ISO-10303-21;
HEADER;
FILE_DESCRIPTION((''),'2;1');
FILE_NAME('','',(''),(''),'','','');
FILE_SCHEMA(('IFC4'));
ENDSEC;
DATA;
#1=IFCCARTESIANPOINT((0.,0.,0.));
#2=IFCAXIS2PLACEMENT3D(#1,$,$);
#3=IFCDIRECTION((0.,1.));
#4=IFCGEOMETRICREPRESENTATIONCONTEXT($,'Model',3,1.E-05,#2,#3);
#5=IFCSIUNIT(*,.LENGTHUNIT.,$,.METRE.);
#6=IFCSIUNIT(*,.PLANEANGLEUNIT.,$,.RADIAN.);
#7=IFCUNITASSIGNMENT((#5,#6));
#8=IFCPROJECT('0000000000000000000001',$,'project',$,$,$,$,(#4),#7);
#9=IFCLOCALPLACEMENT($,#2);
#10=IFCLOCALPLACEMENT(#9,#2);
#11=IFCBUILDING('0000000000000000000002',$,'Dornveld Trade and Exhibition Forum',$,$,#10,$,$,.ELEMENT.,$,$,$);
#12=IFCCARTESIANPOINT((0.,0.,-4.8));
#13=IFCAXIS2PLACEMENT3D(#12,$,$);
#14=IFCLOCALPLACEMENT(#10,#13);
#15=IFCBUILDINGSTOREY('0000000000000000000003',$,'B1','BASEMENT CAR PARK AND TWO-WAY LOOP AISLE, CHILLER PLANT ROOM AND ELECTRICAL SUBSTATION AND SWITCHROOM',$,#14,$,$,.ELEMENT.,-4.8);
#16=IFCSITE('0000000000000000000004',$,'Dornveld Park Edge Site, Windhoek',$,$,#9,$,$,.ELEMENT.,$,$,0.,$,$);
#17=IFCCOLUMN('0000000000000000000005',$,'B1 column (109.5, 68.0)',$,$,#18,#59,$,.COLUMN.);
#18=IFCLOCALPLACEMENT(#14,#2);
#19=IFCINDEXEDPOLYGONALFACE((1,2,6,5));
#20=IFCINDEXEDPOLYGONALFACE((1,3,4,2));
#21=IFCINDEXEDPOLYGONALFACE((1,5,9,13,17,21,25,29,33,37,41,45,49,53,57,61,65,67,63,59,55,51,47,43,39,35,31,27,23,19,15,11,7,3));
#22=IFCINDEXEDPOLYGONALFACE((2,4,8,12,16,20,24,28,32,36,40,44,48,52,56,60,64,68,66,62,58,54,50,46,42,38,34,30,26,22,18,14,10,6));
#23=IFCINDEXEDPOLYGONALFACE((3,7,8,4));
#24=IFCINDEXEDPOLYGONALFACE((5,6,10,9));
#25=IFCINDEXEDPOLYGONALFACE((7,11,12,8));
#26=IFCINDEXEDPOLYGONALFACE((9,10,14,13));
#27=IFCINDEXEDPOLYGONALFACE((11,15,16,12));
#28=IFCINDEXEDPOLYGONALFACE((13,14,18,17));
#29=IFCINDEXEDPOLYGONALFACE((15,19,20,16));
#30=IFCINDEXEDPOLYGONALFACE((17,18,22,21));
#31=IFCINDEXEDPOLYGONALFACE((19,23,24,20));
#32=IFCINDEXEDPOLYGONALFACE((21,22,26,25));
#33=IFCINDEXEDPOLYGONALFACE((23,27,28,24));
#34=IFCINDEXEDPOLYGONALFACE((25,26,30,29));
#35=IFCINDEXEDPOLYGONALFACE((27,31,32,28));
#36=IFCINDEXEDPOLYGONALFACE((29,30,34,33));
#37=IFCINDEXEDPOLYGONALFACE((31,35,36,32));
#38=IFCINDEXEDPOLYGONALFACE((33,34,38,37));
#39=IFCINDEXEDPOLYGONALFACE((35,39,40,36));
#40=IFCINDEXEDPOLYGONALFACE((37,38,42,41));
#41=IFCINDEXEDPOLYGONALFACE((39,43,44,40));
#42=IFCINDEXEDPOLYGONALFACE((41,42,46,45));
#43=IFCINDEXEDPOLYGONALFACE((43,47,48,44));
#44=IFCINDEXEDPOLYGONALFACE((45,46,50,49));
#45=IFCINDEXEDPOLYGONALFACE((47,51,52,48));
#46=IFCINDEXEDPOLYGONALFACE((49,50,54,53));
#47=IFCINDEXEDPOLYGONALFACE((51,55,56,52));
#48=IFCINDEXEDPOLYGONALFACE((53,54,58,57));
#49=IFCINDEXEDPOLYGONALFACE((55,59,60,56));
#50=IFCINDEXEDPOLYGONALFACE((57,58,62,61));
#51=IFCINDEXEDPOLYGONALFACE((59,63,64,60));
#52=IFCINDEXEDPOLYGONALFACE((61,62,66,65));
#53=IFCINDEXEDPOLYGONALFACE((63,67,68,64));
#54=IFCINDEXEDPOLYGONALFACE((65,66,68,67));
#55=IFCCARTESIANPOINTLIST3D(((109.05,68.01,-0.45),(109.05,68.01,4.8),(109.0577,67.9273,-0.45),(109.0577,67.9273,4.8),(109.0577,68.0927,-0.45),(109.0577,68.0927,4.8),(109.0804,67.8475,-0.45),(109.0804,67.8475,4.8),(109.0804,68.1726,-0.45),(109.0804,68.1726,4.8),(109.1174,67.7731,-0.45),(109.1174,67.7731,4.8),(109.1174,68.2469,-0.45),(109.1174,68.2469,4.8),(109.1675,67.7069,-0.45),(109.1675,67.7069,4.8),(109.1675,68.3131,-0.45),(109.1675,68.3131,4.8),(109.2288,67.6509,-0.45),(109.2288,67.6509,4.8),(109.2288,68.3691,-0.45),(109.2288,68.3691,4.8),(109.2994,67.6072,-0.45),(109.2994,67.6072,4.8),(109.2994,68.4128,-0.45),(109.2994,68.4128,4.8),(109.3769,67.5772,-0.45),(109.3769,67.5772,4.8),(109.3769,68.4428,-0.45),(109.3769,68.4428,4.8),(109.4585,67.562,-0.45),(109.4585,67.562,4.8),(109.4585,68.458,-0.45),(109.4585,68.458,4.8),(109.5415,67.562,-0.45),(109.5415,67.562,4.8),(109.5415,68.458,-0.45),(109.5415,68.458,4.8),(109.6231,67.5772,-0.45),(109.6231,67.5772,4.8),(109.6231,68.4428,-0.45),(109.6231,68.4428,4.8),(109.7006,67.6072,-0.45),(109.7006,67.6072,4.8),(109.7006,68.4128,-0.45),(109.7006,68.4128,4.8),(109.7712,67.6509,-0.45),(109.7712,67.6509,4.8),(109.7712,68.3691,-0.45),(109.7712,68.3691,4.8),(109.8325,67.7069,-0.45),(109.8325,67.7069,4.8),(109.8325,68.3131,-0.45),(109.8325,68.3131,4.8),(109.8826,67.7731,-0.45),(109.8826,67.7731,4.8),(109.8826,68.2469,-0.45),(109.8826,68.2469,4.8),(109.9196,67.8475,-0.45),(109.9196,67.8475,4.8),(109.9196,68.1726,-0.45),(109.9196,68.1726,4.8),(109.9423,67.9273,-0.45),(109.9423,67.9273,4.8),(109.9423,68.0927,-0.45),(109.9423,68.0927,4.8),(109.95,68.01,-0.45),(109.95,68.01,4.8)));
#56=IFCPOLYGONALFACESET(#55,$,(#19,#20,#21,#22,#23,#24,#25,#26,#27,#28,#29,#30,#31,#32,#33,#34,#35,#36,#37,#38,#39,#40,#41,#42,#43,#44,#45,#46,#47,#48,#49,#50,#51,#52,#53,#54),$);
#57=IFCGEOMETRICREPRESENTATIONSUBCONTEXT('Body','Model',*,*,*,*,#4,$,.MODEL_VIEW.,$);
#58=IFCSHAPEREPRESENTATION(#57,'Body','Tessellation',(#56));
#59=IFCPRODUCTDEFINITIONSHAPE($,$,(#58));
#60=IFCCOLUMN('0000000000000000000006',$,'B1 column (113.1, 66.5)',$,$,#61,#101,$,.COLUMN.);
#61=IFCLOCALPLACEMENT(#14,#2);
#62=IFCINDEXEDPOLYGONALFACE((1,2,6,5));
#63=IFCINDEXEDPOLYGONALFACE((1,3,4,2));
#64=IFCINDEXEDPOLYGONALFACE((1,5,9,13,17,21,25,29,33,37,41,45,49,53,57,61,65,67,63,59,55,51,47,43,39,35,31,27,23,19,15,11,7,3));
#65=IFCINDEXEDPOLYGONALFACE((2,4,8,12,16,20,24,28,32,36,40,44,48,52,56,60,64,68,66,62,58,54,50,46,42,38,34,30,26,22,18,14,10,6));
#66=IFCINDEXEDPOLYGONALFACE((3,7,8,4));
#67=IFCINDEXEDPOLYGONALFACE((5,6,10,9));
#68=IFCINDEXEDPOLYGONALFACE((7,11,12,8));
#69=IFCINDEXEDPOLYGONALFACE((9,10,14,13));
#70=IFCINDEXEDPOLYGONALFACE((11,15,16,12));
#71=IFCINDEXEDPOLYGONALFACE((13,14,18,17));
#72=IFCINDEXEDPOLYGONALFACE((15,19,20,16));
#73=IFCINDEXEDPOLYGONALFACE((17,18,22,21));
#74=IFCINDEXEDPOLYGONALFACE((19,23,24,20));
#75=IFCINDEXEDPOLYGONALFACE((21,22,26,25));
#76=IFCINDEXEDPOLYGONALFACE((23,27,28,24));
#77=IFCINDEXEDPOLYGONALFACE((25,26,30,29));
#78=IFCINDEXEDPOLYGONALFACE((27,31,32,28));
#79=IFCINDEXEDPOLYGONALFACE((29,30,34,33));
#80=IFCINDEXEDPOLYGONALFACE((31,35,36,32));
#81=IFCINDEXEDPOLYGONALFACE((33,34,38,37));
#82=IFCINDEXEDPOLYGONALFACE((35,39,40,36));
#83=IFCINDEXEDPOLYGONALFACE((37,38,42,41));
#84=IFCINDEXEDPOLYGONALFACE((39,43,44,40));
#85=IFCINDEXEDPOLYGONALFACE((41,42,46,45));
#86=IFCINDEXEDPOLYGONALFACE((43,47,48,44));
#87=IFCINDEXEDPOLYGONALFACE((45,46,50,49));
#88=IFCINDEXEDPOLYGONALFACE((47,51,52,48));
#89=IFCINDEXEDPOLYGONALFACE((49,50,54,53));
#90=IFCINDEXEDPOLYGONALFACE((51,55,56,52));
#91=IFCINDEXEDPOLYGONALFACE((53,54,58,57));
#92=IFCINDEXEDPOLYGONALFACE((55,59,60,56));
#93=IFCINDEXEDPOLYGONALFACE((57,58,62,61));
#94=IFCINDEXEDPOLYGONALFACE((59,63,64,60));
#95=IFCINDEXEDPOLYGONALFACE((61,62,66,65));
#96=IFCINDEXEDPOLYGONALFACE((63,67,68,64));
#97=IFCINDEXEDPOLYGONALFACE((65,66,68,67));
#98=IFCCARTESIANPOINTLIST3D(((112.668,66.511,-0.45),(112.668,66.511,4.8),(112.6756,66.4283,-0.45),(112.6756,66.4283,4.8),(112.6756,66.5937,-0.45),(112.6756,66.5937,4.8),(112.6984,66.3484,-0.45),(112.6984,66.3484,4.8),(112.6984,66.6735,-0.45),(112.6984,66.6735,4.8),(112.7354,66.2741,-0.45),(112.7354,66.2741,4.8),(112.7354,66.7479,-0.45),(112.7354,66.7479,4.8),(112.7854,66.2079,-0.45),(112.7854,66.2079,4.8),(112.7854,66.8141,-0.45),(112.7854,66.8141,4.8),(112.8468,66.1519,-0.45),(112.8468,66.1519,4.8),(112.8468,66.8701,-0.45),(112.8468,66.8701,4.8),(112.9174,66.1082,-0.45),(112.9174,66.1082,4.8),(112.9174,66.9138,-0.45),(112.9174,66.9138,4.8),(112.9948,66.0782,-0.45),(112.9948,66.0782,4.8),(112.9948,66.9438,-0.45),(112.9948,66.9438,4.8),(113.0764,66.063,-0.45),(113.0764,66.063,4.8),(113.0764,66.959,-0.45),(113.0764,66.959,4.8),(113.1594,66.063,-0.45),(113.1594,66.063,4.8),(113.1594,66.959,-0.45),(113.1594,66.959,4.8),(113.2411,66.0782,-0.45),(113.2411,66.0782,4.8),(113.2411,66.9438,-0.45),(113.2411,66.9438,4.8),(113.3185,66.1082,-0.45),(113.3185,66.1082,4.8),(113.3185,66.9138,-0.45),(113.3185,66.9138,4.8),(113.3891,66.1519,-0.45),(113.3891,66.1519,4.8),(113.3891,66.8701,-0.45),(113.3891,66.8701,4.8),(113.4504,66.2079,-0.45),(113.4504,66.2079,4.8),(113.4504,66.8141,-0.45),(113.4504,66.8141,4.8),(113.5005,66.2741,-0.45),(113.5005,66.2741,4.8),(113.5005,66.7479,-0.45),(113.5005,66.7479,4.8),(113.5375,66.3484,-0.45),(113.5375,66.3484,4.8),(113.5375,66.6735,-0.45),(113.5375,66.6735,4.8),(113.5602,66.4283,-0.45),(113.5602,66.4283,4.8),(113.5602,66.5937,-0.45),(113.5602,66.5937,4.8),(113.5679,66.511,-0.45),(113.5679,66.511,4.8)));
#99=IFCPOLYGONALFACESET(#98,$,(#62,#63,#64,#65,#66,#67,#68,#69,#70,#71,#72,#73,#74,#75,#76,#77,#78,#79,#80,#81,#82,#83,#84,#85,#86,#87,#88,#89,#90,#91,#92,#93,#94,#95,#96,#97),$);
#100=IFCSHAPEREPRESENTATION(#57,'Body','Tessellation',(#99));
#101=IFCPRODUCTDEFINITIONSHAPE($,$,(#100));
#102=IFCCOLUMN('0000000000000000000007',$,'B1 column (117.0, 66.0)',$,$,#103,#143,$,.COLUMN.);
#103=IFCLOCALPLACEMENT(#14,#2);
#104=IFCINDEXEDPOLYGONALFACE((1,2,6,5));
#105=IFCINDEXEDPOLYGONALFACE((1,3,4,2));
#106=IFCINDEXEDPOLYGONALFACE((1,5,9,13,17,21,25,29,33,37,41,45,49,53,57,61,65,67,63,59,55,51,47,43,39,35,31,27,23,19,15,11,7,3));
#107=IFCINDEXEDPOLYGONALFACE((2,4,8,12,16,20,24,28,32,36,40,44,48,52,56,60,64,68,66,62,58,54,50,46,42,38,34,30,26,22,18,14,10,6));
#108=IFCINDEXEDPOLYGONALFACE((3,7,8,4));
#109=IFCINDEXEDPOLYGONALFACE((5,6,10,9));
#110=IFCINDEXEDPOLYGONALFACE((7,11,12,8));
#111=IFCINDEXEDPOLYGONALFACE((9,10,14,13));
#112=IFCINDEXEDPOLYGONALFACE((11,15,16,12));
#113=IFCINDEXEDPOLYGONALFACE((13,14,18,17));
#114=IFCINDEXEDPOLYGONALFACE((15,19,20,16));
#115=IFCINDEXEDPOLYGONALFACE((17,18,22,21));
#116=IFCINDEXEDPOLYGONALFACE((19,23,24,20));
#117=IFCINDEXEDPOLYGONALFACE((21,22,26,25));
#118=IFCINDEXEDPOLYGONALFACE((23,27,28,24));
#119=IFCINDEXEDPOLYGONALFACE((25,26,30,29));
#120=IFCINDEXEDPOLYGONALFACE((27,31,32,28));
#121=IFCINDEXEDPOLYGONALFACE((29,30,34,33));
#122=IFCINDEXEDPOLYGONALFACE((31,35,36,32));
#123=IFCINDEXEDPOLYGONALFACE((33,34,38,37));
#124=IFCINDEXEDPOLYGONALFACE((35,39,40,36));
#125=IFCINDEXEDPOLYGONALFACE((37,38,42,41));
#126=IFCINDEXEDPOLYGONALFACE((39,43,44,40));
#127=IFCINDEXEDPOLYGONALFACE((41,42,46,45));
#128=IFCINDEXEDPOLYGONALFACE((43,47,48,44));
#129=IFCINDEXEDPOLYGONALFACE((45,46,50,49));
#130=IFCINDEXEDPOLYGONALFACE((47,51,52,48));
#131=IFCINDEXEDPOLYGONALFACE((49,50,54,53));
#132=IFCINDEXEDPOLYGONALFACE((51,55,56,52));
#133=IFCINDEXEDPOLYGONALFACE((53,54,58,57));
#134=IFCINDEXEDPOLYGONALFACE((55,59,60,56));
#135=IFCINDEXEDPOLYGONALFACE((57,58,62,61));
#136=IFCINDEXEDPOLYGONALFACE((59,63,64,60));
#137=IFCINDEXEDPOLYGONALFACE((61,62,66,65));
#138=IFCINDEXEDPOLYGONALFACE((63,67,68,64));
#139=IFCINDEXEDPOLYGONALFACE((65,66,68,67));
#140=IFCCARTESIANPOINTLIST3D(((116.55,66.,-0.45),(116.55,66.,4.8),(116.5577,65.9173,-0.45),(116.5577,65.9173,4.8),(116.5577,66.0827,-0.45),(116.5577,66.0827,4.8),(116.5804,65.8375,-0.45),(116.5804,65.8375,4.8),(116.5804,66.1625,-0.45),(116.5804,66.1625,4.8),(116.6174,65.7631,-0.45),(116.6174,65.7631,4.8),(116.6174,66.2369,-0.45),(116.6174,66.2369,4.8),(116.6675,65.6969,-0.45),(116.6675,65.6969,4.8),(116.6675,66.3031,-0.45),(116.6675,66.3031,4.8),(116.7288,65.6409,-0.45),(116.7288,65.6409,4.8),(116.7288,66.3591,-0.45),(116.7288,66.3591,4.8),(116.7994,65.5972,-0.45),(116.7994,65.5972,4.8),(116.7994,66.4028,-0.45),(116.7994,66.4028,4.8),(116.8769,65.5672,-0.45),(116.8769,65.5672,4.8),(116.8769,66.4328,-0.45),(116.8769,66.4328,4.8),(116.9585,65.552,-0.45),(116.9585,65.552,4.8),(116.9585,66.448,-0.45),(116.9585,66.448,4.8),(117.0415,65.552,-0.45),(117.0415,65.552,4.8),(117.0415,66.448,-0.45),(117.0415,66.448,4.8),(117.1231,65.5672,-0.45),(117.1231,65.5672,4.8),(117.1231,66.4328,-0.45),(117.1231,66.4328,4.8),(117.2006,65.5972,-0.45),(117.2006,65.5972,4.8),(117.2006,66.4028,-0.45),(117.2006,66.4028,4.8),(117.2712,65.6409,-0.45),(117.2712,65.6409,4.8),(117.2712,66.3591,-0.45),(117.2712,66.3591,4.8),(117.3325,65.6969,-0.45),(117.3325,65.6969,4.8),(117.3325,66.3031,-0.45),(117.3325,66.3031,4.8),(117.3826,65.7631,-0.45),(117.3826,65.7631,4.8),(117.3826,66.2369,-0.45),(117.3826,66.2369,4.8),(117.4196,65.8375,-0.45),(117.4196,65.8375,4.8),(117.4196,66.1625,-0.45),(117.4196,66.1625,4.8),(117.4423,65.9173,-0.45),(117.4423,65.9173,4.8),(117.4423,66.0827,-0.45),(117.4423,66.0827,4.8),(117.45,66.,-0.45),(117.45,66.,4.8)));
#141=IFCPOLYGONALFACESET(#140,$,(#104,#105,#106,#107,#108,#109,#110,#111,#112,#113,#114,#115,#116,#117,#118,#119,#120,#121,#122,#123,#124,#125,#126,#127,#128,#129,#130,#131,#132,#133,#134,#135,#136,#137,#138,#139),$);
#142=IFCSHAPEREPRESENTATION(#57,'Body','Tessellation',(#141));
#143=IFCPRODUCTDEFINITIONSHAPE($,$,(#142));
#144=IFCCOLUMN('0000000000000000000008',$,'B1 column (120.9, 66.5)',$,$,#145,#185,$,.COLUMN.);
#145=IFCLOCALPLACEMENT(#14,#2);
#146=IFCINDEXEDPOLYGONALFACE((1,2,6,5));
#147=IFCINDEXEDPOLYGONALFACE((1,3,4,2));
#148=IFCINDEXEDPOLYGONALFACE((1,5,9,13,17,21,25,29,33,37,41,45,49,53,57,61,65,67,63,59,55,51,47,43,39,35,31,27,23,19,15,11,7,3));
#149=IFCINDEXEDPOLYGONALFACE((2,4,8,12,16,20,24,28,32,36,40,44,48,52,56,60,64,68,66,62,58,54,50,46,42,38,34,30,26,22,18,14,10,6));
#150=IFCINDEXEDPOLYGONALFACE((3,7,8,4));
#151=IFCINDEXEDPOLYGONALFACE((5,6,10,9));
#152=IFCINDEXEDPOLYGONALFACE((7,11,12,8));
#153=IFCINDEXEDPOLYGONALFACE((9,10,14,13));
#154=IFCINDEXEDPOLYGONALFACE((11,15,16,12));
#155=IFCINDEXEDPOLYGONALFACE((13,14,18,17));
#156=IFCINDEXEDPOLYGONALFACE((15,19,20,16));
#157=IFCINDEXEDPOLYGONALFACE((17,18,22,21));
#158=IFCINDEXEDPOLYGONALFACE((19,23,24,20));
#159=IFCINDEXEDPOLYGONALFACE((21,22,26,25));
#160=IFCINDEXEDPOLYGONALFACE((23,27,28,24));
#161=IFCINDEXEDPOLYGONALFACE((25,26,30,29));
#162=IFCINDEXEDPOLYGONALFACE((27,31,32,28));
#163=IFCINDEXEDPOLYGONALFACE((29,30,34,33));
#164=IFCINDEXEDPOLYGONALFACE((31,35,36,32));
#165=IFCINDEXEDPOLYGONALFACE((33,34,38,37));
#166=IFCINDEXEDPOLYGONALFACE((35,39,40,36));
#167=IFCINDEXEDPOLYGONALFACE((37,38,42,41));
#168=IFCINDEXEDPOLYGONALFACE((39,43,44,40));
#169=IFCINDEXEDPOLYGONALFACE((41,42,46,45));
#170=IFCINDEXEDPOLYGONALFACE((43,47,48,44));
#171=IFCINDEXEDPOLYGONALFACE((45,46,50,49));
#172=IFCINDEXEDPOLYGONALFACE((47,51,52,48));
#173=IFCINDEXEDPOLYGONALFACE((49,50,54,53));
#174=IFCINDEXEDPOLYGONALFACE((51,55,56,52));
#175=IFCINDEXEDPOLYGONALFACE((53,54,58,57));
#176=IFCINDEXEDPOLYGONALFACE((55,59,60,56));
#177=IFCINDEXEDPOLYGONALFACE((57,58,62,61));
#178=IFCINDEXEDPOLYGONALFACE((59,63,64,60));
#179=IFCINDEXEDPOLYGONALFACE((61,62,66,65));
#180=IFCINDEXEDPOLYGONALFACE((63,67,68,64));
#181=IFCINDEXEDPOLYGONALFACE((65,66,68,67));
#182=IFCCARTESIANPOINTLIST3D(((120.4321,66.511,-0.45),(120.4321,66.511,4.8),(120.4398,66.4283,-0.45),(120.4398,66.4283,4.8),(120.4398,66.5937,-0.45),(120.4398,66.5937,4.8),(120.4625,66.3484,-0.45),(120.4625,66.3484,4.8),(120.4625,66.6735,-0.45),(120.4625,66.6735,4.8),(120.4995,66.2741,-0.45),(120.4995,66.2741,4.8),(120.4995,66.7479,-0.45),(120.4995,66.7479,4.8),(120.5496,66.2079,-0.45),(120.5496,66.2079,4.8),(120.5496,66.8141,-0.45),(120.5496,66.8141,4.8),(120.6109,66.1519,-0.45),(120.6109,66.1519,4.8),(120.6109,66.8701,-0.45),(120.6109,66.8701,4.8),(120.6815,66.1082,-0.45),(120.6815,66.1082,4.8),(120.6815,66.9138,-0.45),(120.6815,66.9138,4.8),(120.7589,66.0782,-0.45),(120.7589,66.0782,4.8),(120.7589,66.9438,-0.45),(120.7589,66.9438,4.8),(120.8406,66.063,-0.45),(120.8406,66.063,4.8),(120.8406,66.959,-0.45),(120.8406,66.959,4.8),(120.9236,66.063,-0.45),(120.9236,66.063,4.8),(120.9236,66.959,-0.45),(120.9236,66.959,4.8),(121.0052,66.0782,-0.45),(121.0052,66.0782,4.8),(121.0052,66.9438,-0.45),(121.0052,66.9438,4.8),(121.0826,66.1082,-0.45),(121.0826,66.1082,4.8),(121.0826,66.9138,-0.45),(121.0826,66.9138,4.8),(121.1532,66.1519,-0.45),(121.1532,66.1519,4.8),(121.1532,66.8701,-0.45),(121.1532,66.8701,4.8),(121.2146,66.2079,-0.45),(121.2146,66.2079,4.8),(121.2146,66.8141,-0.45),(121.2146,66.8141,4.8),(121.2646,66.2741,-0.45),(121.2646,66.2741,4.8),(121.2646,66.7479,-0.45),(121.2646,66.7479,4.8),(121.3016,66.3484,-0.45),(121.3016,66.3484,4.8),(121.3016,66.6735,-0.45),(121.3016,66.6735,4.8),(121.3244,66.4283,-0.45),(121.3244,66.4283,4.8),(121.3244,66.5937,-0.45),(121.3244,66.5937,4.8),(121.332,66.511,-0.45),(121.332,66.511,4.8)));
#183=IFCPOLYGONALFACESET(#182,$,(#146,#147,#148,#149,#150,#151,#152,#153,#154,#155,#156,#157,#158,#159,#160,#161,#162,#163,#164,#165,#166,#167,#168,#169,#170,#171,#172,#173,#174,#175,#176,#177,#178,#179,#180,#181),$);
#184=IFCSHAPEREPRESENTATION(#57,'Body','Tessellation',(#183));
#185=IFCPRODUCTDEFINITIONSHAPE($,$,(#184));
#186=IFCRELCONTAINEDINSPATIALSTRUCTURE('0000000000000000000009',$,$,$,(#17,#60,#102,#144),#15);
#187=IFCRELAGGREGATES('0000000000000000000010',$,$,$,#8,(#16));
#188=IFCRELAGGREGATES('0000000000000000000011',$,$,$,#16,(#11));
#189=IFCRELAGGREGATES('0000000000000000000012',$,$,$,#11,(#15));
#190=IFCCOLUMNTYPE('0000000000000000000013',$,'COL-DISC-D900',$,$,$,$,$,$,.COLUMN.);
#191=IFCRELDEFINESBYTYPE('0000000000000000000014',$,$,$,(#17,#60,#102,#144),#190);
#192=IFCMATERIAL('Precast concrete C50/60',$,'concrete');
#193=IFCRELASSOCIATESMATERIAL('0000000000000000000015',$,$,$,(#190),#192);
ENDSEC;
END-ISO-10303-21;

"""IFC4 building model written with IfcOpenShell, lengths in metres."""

from ifc_helpers import new_model, si_unit, direction, frame, origin, origin_2d, place, context, subcontext, project, spatial, circle, extrude, material, material_profile, profile_set, type_object, element, save


model = new_model("IFC4")

# Units and contexts
model_context = context("Model", 3, precision=1e-05, world=origin(), true_north=direction((0.0, 1.0)))
body_context = subcontext(model_context, "Body", "Model", "MODEL_VIEW")
ifc_project = project(units=[si_unit("LENGTHUNIT", "METRE"), si_unit("PLANEANGLEUNIT", "RADIAN")], contexts=[model_context])

# Site, building, storey
site_placement = place(None, origin())
site = spatial("IfcSite", under=ifc_project, at=site_placement, Name="Dornveld Park Edge Site, Windhoek", CompositionType="ELEMENT", RefElevation=0.0)
building_placement = place(site_placement, origin())
building = spatial("IfcBuilding", under=site, at=building_placement, Name="Dornveld Trade and Exhibition Forum", CompositionType="ELEMENT")
storey_placement = place(building_placement, frame((0.0, 0.0, -4.8)))
storey = spatial("IfcBuildingStorey", under=building, at=storey_placement, Name="B1", Description="BASEMENT CAR PARK AND TWO-WAY LOOP AISLE, CHILLER PLANT ROOM AND ELECTRICAL SUBSTATION AND SWITCHROOM", CompositionType="ELEMENT", Elevation=-4.8)

# Columns
ifc_material_1 = material(Name="Precast concrete C50/60", Category="concrete")
ifc_material_profile_1 = material_profile(ifc_material_1, circle(Radius=0.45, at=origin_2d()), Name="PC-COL D900")
ifc_profile_set_1 = profile_set([ifc_material_profile_1], Name="Precast concrete C50/60")
column_type_1 = type_object("IfcColumnType", Name="COL-DISC-D900", PredefinedType="COLUMN", material=ifc_profile_set_1)
for number, where, z_axis, x_axis, name in (
    (1, (109.5, 68.01, -0.45), (0.0, 0.0, 1.0), (1.0, 0.0, 0.0), "B1 column (109.5, 68.0)"),
    (2, (113.1179, 66.511, -0.45), (0.0, 0.0, 1.0), (1.0, 0.0, 0.0), "B1 column (113.1, 66.5)"),
    (3, (117.0, 66.0, -0.45), (0.0, 0.0, 1.0), (1.0, 0.0, 0.0), "B1 column (117.0, 66.0)"),
    (4, (120.8821, 66.511, -0.45), (0.0, 0.0, 1.0), (1.0, 0.0, 0.0), "B1 column (120.9, 66.5)"),
):
    element("IfcColumn", number, at=place(storey_placement, frame(where, z_axis=z_axis, x_axis=x_axis)), inside=storey, type_object=column_type_1, Name=name, PredefinedType="COLUMN", context=body_context, shape_type="SweptSolid", body=[
        extrude(circle(Radius=0.45, at=origin_2d()), origin(), (0.0, 0.0, 1.0), 5.25),
    ])

save(model, "model.ifc")
